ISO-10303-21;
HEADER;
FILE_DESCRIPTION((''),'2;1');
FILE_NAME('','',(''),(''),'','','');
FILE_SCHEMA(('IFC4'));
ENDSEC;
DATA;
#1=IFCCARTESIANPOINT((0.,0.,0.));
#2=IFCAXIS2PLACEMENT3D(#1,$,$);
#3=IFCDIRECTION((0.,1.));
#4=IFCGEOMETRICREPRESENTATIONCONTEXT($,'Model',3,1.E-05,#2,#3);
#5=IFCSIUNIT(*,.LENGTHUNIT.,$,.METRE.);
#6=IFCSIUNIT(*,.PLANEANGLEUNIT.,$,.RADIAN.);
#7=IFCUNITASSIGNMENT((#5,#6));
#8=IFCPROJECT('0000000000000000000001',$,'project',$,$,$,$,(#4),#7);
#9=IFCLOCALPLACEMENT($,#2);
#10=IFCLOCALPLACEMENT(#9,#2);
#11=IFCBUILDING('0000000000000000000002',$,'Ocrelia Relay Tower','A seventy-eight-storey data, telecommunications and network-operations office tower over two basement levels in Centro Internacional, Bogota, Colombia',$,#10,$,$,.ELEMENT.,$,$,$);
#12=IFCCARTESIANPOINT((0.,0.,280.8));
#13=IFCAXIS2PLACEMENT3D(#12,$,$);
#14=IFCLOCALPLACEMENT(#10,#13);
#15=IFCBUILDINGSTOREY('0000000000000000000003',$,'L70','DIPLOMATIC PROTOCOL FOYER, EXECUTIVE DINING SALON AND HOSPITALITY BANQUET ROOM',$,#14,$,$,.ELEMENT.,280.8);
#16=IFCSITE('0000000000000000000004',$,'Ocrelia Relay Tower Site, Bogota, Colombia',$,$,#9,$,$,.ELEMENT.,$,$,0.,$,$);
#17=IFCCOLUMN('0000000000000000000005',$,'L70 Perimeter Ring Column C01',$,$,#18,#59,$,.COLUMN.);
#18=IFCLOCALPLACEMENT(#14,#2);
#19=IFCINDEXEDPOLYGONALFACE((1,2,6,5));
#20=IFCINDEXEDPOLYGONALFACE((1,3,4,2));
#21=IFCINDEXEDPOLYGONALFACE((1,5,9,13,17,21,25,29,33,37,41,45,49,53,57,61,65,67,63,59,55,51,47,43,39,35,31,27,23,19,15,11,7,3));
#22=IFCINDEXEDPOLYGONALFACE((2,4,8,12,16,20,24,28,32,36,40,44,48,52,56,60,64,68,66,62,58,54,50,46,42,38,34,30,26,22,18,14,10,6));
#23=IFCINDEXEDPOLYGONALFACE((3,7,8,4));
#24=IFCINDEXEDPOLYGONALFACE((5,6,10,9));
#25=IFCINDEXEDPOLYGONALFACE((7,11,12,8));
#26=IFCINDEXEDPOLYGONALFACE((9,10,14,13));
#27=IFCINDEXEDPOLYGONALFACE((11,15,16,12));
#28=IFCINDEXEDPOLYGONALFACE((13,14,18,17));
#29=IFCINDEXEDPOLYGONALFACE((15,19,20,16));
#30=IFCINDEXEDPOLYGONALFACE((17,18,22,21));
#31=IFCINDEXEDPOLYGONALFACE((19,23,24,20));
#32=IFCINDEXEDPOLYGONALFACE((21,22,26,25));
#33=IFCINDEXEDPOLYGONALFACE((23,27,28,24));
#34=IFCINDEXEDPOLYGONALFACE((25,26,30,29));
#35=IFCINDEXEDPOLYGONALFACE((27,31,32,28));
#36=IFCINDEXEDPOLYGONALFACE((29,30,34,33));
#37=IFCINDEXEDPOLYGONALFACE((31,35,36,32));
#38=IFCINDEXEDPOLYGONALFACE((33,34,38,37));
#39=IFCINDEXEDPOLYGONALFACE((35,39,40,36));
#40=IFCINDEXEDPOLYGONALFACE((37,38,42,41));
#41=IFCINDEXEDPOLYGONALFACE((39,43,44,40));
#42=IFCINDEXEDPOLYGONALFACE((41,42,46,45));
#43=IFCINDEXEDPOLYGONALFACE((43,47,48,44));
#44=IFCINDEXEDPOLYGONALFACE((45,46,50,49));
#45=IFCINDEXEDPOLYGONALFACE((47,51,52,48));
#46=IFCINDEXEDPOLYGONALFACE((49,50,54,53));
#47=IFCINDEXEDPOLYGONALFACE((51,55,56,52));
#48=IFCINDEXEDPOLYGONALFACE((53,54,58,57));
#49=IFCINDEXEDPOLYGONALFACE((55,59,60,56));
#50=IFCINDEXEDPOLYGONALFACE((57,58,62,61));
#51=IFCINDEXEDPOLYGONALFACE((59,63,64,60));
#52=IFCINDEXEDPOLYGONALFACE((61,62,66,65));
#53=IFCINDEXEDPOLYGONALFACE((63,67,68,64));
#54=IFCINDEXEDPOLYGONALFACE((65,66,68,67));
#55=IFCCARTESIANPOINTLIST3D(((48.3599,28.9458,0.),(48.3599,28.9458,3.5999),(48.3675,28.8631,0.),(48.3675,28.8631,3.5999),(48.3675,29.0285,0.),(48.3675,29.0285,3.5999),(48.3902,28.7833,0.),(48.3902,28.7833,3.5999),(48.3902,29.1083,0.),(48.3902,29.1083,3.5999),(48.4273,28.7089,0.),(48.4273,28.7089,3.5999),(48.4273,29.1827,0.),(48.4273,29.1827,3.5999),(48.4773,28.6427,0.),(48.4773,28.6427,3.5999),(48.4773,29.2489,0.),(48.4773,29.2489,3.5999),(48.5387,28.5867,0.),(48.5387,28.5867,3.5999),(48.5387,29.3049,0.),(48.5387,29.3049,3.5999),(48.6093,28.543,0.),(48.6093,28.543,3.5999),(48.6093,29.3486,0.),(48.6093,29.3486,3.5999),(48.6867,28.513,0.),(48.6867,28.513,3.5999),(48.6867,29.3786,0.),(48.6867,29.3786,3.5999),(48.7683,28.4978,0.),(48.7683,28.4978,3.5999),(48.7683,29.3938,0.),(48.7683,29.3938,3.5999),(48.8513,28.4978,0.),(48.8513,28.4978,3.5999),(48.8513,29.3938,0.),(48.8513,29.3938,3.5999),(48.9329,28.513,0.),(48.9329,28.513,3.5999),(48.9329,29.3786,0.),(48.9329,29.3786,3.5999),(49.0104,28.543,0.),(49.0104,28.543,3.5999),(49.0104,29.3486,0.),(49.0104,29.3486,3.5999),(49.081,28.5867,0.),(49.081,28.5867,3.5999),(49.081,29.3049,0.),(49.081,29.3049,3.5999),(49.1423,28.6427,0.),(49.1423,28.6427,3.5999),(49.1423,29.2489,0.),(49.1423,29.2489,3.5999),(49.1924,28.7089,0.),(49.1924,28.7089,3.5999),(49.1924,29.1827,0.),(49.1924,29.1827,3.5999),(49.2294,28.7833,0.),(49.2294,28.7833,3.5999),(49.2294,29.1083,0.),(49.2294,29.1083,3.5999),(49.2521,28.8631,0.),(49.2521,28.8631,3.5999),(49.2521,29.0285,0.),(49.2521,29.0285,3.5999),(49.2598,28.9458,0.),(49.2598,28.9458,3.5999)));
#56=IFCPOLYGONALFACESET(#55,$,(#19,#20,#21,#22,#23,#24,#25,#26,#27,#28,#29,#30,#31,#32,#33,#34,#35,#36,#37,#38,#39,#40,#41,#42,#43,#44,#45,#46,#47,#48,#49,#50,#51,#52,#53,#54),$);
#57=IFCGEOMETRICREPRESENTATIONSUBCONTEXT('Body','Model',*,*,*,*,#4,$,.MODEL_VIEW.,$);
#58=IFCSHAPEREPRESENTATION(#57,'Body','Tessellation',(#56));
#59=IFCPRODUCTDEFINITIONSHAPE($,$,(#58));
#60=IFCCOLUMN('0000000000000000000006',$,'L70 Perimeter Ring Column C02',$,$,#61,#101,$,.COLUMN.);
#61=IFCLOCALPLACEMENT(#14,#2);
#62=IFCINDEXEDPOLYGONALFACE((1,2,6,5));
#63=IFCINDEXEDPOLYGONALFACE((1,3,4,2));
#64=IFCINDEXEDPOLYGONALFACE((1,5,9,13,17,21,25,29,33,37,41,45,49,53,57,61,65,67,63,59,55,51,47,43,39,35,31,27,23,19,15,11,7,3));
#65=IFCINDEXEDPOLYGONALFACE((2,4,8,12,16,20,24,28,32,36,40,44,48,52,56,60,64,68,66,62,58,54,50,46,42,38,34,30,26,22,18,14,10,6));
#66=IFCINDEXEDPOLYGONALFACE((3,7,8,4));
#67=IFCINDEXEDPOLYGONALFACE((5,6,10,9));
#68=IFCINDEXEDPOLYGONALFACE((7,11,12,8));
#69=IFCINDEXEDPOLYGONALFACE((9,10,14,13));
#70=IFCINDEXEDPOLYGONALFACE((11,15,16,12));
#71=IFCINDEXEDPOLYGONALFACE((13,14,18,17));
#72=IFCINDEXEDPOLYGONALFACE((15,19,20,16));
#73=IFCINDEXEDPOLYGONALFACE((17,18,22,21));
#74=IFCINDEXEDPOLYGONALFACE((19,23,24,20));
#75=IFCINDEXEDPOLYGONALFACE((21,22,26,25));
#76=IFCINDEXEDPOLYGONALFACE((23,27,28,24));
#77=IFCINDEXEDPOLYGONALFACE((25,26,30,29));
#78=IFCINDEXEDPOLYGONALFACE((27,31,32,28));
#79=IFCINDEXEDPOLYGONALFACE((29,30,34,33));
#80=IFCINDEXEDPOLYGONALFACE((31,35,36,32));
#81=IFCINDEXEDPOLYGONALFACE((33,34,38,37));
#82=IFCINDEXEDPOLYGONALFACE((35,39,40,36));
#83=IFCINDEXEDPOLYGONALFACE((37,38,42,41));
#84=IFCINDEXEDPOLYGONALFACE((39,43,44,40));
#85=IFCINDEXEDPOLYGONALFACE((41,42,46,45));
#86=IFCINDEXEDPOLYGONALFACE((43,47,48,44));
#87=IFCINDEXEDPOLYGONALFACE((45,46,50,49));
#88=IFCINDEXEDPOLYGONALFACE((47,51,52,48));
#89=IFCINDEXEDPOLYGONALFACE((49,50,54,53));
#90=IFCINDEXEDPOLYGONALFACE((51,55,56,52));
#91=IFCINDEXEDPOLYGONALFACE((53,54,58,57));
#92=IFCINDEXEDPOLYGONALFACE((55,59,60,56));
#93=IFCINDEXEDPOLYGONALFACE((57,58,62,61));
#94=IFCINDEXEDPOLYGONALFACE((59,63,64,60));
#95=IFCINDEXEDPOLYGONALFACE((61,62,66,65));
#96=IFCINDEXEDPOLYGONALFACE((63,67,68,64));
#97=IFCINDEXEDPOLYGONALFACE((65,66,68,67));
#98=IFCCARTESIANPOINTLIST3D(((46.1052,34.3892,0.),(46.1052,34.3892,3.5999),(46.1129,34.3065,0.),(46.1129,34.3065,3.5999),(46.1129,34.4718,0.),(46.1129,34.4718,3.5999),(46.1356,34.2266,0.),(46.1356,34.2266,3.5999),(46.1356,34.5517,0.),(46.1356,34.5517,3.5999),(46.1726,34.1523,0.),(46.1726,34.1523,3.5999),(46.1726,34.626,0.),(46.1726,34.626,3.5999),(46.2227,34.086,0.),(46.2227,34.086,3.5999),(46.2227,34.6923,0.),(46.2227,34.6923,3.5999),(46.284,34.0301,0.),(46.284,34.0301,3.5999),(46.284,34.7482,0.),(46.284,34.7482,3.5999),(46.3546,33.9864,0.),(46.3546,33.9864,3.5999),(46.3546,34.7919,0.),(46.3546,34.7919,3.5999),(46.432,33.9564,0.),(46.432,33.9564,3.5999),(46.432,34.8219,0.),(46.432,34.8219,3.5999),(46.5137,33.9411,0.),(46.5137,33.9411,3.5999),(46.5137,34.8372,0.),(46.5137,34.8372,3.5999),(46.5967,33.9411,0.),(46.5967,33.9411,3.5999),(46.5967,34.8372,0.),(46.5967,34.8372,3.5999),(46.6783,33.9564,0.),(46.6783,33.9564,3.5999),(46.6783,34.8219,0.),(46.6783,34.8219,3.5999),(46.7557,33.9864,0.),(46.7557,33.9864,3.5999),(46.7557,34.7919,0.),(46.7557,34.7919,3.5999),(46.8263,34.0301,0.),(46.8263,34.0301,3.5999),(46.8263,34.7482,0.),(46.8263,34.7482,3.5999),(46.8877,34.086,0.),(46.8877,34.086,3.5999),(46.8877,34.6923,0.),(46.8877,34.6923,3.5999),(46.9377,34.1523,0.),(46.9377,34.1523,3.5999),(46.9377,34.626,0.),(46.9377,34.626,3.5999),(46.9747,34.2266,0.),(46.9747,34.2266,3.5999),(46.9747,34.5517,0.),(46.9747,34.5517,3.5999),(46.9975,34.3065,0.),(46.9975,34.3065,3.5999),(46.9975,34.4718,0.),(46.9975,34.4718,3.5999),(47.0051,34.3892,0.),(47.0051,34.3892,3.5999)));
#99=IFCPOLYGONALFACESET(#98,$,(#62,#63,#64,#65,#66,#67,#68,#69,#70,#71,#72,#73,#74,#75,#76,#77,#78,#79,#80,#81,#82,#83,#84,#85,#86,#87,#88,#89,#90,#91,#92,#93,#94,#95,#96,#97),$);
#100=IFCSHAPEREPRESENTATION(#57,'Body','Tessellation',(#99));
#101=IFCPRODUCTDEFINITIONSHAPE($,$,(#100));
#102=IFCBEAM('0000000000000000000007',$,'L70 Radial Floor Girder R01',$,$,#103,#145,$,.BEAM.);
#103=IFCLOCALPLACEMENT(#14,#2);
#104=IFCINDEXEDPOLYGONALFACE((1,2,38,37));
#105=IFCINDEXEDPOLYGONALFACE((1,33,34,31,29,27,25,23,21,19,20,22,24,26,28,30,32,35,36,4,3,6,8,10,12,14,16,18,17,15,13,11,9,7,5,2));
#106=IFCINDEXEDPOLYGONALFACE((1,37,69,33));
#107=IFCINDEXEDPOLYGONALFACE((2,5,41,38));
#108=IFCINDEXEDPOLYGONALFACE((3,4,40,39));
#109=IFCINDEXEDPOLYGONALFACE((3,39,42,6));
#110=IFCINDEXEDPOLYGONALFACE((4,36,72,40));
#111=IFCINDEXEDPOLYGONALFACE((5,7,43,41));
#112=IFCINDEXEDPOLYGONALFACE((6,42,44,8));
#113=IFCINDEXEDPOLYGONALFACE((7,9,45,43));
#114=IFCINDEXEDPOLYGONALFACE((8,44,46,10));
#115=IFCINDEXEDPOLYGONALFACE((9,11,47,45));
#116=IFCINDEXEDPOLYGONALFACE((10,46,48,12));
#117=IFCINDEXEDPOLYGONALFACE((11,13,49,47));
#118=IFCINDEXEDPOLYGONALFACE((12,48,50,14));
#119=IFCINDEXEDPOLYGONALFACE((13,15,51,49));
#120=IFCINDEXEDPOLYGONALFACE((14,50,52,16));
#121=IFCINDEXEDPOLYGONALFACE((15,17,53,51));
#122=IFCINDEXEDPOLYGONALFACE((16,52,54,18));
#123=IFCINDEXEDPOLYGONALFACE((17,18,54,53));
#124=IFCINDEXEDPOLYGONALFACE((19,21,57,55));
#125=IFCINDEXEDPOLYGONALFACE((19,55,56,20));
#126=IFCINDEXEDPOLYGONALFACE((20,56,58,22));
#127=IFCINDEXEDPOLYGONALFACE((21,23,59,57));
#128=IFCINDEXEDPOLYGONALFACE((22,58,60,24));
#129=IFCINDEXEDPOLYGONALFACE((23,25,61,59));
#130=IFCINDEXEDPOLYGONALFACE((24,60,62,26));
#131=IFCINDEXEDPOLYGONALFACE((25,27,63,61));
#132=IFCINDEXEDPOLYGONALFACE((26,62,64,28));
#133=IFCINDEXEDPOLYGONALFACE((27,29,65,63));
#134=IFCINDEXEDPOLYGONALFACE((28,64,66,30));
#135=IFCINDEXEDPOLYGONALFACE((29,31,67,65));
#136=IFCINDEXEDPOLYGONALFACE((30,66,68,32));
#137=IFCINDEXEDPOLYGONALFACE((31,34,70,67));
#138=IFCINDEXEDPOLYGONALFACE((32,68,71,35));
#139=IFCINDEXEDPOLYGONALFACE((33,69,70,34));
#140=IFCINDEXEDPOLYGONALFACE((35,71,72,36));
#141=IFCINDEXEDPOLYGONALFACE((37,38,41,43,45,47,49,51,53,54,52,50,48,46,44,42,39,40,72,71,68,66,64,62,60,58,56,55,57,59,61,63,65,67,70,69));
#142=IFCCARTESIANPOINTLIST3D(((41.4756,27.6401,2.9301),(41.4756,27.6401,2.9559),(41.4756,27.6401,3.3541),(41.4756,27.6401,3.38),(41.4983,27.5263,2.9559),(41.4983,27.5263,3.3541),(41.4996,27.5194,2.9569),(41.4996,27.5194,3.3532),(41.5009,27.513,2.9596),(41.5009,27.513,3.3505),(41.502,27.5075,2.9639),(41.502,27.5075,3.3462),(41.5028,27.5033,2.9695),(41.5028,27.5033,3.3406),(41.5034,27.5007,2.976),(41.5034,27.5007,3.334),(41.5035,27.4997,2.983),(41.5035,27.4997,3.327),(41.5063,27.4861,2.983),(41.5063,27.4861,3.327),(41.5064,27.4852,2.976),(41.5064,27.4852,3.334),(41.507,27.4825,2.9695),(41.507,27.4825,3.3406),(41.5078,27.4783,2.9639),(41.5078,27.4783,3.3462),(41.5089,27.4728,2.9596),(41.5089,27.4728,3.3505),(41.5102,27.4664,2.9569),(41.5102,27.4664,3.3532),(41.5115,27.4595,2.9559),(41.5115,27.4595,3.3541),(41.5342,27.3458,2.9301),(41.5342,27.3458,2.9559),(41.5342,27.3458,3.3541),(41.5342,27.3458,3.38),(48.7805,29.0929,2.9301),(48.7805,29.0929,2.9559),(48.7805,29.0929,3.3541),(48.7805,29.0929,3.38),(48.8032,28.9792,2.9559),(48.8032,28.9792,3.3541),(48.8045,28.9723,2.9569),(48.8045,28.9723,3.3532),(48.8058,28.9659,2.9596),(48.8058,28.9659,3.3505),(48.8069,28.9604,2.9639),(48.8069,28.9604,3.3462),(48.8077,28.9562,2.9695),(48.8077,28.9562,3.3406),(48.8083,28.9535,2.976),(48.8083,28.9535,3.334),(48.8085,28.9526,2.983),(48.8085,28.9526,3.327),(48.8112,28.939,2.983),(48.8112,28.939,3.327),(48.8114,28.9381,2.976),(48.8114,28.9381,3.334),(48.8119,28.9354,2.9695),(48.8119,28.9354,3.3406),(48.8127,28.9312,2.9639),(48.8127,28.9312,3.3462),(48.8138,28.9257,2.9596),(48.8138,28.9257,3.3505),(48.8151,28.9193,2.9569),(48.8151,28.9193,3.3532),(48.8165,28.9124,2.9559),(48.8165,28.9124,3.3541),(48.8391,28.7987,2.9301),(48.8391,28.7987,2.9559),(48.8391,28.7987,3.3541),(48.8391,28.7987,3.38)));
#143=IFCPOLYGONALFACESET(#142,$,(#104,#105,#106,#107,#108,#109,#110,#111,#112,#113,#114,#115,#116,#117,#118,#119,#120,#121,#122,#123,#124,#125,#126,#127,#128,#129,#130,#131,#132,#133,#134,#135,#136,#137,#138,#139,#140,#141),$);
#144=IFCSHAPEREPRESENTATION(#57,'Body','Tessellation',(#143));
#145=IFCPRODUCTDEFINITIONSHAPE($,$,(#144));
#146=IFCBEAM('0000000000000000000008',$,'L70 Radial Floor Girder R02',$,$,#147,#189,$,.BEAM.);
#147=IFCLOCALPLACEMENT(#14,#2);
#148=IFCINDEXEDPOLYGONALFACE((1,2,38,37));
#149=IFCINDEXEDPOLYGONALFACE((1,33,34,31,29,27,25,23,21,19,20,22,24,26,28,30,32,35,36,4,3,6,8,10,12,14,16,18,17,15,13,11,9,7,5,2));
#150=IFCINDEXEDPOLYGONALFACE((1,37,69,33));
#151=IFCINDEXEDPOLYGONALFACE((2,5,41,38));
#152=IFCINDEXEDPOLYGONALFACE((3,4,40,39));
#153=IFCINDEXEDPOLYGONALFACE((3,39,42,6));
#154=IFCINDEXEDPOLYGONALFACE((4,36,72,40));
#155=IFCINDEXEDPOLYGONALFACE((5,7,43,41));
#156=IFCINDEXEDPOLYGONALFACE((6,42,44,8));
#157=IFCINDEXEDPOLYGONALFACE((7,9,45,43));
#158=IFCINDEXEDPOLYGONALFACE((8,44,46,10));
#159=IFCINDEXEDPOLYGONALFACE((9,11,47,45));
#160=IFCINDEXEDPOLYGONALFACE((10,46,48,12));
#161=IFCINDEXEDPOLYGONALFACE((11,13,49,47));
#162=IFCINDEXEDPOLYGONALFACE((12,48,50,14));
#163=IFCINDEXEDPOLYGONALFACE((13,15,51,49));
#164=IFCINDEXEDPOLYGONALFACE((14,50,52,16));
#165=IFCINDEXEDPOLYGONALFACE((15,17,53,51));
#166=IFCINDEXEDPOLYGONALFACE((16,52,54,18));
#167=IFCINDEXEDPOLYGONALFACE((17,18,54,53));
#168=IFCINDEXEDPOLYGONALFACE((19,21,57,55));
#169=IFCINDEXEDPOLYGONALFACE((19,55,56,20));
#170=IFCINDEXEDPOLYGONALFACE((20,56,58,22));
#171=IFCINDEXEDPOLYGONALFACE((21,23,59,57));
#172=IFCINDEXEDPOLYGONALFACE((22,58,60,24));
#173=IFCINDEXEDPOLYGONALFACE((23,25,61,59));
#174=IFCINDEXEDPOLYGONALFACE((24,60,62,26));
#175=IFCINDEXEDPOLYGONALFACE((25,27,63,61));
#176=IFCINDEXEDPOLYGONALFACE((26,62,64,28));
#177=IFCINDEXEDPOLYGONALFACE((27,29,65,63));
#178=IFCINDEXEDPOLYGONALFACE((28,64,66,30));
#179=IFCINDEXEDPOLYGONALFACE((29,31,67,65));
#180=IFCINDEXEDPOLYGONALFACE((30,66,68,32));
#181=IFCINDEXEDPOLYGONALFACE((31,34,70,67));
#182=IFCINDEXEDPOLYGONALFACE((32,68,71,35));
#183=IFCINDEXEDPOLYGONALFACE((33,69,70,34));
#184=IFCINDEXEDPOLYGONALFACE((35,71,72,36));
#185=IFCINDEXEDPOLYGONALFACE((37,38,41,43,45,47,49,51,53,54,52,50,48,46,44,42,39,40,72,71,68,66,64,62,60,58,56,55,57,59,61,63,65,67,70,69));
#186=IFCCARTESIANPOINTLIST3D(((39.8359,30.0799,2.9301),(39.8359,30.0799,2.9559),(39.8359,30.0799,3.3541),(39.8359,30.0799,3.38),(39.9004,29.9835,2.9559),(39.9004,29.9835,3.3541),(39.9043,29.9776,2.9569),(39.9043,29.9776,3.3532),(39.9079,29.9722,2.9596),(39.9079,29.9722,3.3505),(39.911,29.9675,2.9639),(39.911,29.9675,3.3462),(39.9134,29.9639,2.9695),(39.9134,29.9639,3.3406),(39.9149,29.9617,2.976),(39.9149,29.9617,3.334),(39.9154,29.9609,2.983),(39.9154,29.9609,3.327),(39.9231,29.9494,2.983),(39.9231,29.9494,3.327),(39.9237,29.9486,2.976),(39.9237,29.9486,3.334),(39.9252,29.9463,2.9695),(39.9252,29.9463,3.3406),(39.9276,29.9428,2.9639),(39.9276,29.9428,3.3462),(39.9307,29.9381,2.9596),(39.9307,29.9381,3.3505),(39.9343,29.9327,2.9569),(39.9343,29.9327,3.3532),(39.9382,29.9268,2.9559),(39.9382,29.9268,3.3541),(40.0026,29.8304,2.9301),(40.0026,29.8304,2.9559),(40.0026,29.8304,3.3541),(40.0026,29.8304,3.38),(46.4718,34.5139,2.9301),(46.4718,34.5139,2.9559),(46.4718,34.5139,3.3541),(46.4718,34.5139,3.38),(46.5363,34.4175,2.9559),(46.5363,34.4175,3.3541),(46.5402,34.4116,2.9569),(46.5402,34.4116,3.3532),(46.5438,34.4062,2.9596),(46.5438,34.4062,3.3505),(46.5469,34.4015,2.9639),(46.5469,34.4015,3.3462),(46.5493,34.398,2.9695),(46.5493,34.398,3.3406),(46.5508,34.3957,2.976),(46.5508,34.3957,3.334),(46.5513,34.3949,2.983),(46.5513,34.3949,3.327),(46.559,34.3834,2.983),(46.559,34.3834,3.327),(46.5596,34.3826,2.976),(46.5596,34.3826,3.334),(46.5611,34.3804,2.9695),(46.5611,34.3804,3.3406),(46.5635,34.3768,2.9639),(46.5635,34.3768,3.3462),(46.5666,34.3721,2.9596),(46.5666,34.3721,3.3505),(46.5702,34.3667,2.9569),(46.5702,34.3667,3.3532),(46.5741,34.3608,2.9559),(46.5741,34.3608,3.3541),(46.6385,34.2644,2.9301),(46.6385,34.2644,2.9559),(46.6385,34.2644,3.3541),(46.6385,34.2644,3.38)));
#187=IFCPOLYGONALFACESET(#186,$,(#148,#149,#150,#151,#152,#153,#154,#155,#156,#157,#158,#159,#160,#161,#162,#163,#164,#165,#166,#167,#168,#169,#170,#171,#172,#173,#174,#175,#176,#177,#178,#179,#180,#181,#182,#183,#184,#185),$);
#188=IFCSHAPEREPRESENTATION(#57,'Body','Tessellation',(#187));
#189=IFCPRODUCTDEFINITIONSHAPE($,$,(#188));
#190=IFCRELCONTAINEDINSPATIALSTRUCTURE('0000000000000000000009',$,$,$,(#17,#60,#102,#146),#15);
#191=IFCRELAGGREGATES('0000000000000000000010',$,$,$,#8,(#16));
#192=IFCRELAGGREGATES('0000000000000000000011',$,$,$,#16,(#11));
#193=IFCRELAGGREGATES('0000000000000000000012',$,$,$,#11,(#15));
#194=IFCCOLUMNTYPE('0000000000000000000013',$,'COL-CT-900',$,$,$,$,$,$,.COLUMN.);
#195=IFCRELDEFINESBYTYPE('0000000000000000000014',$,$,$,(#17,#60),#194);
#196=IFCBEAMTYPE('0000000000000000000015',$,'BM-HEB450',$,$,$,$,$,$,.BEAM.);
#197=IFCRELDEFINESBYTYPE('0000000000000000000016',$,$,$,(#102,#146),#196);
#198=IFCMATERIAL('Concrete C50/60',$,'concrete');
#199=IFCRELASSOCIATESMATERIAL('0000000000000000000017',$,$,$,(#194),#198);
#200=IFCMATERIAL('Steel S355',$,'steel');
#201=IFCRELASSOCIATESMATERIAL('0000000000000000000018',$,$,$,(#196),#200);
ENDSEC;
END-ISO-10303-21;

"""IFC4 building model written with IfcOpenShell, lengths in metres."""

from ifc_helpers import new_model, si_unit, direction, frame, origin, origin_2d, place, context, subcontext, project, spatial, circle, i_section, extrude, material, material_profile, profile_set, type_object, element, save


model = new_model("IFC4")

# Units and contexts
model_context = context("Model", 3, precision=1e-05, world=origin(), true_north=direction((0.0, 1.0)))
body_context = subcontext(model_context, "Body", "Model", "MODEL_VIEW")
ifc_project = project(units=[si_unit("LENGTHUNIT", "METRE"), si_unit("PLANEANGLEUNIT", "RADIAN")], contexts=[model_context])

# Site, building, storey
site_placement = place(None, origin())
site = spatial("IfcSite", under=ifc_project, at=site_placement, Name="Ocrelia Relay Tower Site, Bogota, Colombia", CompositionType="ELEMENT", RefElevation=0.0)
building_placement = place(site_placement, origin())
building = spatial("IfcBuilding", under=site, at=building_placement, Name="Ocrelia Relay Tower", Description="A seventy-eight-storey data, telecommunications and network-operations office tower over two basement levels in Centro Internacional, Bogota, Colombia", CompositionType="ELEMENT")
storey_placement = place(building_placement, frame((0.0, 0.0, 280.8)))
storey = spatial("IfcBuildingStorey", under=building, at=storey_placement, Name="L70", Description="DIPLOMATIC PROTOCOL FOYER, EXECUTIVE DINING SALON AND HOSPITALITY BANQUET ROOM", CompositionType="ELEMENT", Elevation=280.8)

# Columns
ifc_material_1 = material(Name="Concrete C50/60", Category="concrete")
ifc_material_profile_1 = material_profile(ifc_material_1, circle(Radius=0.45, at=origin_2d()), Name="RC-CIR-900")
ifc_profile_set_1 = profile_set([ifc_material_profile_1], Name="Concrete C50/60")
column_type = type_object("IfcColumnType", Name="COL-CT-900", PredefinedType="COLUMN", material=ifc_profile_set_1)
for number, where, z_axis, x_axis, name in (
    (1, (48.8098, 28.9458, 0.0), (0.0, 0.0, 1.0), (1.0, 0.0, 0.0), "L70 Perimeter Ring Column C01"),
    (2, (46.5552, 34.3892, 0.0), (0.0, 0.0, 1.0), (1.0, 0.0, 0.0), "L70 Perimeter Ring Column C02"),
):
    element("IfcColumn", number, at=place(storey_placement, frame(where, z_axis=z_axis, x_axis=x_axis)), inside=storey, type_object=column_type, Name=name, PredefinedType="COLUMN", context=body_context, shape_type="SweptSolid", body=[
        extrude(circle(Radius=0.45, at=origin_2d()), origin(), (0.0, 0.0, 1.0), 3.5999),
    ])

# Beams
ifc_material_2 = material(Name="Steel S355", Category="steel")
ifc_material_profile_2 = material_profile(ifc_material_2, i_section(OverallWidth=0.3, OverallDepth=0.45, WebThickness=0.0139, FlangeThickness=0.0259, FilletRadius=0.0271, at=origin_2d()), Name="HEB 450")
ifc_profile_set_2 = profile_set([ifc_material_profile_2], Name="Steel S355")
beam_type_1 = type_object("IfcBeamType", Name="BM-HEB450", PredefinedType="BEAM", material=ifc_profile_set_2)
beam_1_placement = place(storey_placement, frame((48.8098, 28.9458, 3.155), z_axis=(-0.980789, -0.19507, 0.0), x_axis=(0.19507, -0.980789, 0.0)))
element("IfcBeam", 3, at=beam_1_placement, inside=storey, type_object=beam_type_1, Name="L70 Radial Floor Girder R01", PredefinedType="BEAM", context=body_context, shape_type="SweptSolid", body=[
    extrude(i_section(OverallWidth=0.3, OverallDepth=0.45, WebThickness=0.0139, FlangeThickness=0.0259, FilletRadius=0.0271, at=origin_2d()), origin(), (0.0, 0.0, 1.0), 7.448),
])
beam_2_placement = place(storey_placement, frame((46.5552, 34.3892, 3.155), z_axis=(-0.831466, -0.555575, 0.0), x_axis=(0.555575, -0.831466, 0.0)))
element("IfcBeam", 4, at=beam_2_placement, inside=storey, type_object=beam_type_1, Name="L70 Radial Floor Girder R02", PredefinedType="BEAM", context=body_context, shape_type="SweptSolid", body=[
    extrude(i_section(OverallWidth=0.3, OverallDepth=0.45, WebThickness=0.0139, FlangeThickness=0.0259, FilletRadius=0.0271, at=origin_2d()), origin(), (0.0, 0.0, 1.0), 7.981),
])

save(model, "model.ifc")
